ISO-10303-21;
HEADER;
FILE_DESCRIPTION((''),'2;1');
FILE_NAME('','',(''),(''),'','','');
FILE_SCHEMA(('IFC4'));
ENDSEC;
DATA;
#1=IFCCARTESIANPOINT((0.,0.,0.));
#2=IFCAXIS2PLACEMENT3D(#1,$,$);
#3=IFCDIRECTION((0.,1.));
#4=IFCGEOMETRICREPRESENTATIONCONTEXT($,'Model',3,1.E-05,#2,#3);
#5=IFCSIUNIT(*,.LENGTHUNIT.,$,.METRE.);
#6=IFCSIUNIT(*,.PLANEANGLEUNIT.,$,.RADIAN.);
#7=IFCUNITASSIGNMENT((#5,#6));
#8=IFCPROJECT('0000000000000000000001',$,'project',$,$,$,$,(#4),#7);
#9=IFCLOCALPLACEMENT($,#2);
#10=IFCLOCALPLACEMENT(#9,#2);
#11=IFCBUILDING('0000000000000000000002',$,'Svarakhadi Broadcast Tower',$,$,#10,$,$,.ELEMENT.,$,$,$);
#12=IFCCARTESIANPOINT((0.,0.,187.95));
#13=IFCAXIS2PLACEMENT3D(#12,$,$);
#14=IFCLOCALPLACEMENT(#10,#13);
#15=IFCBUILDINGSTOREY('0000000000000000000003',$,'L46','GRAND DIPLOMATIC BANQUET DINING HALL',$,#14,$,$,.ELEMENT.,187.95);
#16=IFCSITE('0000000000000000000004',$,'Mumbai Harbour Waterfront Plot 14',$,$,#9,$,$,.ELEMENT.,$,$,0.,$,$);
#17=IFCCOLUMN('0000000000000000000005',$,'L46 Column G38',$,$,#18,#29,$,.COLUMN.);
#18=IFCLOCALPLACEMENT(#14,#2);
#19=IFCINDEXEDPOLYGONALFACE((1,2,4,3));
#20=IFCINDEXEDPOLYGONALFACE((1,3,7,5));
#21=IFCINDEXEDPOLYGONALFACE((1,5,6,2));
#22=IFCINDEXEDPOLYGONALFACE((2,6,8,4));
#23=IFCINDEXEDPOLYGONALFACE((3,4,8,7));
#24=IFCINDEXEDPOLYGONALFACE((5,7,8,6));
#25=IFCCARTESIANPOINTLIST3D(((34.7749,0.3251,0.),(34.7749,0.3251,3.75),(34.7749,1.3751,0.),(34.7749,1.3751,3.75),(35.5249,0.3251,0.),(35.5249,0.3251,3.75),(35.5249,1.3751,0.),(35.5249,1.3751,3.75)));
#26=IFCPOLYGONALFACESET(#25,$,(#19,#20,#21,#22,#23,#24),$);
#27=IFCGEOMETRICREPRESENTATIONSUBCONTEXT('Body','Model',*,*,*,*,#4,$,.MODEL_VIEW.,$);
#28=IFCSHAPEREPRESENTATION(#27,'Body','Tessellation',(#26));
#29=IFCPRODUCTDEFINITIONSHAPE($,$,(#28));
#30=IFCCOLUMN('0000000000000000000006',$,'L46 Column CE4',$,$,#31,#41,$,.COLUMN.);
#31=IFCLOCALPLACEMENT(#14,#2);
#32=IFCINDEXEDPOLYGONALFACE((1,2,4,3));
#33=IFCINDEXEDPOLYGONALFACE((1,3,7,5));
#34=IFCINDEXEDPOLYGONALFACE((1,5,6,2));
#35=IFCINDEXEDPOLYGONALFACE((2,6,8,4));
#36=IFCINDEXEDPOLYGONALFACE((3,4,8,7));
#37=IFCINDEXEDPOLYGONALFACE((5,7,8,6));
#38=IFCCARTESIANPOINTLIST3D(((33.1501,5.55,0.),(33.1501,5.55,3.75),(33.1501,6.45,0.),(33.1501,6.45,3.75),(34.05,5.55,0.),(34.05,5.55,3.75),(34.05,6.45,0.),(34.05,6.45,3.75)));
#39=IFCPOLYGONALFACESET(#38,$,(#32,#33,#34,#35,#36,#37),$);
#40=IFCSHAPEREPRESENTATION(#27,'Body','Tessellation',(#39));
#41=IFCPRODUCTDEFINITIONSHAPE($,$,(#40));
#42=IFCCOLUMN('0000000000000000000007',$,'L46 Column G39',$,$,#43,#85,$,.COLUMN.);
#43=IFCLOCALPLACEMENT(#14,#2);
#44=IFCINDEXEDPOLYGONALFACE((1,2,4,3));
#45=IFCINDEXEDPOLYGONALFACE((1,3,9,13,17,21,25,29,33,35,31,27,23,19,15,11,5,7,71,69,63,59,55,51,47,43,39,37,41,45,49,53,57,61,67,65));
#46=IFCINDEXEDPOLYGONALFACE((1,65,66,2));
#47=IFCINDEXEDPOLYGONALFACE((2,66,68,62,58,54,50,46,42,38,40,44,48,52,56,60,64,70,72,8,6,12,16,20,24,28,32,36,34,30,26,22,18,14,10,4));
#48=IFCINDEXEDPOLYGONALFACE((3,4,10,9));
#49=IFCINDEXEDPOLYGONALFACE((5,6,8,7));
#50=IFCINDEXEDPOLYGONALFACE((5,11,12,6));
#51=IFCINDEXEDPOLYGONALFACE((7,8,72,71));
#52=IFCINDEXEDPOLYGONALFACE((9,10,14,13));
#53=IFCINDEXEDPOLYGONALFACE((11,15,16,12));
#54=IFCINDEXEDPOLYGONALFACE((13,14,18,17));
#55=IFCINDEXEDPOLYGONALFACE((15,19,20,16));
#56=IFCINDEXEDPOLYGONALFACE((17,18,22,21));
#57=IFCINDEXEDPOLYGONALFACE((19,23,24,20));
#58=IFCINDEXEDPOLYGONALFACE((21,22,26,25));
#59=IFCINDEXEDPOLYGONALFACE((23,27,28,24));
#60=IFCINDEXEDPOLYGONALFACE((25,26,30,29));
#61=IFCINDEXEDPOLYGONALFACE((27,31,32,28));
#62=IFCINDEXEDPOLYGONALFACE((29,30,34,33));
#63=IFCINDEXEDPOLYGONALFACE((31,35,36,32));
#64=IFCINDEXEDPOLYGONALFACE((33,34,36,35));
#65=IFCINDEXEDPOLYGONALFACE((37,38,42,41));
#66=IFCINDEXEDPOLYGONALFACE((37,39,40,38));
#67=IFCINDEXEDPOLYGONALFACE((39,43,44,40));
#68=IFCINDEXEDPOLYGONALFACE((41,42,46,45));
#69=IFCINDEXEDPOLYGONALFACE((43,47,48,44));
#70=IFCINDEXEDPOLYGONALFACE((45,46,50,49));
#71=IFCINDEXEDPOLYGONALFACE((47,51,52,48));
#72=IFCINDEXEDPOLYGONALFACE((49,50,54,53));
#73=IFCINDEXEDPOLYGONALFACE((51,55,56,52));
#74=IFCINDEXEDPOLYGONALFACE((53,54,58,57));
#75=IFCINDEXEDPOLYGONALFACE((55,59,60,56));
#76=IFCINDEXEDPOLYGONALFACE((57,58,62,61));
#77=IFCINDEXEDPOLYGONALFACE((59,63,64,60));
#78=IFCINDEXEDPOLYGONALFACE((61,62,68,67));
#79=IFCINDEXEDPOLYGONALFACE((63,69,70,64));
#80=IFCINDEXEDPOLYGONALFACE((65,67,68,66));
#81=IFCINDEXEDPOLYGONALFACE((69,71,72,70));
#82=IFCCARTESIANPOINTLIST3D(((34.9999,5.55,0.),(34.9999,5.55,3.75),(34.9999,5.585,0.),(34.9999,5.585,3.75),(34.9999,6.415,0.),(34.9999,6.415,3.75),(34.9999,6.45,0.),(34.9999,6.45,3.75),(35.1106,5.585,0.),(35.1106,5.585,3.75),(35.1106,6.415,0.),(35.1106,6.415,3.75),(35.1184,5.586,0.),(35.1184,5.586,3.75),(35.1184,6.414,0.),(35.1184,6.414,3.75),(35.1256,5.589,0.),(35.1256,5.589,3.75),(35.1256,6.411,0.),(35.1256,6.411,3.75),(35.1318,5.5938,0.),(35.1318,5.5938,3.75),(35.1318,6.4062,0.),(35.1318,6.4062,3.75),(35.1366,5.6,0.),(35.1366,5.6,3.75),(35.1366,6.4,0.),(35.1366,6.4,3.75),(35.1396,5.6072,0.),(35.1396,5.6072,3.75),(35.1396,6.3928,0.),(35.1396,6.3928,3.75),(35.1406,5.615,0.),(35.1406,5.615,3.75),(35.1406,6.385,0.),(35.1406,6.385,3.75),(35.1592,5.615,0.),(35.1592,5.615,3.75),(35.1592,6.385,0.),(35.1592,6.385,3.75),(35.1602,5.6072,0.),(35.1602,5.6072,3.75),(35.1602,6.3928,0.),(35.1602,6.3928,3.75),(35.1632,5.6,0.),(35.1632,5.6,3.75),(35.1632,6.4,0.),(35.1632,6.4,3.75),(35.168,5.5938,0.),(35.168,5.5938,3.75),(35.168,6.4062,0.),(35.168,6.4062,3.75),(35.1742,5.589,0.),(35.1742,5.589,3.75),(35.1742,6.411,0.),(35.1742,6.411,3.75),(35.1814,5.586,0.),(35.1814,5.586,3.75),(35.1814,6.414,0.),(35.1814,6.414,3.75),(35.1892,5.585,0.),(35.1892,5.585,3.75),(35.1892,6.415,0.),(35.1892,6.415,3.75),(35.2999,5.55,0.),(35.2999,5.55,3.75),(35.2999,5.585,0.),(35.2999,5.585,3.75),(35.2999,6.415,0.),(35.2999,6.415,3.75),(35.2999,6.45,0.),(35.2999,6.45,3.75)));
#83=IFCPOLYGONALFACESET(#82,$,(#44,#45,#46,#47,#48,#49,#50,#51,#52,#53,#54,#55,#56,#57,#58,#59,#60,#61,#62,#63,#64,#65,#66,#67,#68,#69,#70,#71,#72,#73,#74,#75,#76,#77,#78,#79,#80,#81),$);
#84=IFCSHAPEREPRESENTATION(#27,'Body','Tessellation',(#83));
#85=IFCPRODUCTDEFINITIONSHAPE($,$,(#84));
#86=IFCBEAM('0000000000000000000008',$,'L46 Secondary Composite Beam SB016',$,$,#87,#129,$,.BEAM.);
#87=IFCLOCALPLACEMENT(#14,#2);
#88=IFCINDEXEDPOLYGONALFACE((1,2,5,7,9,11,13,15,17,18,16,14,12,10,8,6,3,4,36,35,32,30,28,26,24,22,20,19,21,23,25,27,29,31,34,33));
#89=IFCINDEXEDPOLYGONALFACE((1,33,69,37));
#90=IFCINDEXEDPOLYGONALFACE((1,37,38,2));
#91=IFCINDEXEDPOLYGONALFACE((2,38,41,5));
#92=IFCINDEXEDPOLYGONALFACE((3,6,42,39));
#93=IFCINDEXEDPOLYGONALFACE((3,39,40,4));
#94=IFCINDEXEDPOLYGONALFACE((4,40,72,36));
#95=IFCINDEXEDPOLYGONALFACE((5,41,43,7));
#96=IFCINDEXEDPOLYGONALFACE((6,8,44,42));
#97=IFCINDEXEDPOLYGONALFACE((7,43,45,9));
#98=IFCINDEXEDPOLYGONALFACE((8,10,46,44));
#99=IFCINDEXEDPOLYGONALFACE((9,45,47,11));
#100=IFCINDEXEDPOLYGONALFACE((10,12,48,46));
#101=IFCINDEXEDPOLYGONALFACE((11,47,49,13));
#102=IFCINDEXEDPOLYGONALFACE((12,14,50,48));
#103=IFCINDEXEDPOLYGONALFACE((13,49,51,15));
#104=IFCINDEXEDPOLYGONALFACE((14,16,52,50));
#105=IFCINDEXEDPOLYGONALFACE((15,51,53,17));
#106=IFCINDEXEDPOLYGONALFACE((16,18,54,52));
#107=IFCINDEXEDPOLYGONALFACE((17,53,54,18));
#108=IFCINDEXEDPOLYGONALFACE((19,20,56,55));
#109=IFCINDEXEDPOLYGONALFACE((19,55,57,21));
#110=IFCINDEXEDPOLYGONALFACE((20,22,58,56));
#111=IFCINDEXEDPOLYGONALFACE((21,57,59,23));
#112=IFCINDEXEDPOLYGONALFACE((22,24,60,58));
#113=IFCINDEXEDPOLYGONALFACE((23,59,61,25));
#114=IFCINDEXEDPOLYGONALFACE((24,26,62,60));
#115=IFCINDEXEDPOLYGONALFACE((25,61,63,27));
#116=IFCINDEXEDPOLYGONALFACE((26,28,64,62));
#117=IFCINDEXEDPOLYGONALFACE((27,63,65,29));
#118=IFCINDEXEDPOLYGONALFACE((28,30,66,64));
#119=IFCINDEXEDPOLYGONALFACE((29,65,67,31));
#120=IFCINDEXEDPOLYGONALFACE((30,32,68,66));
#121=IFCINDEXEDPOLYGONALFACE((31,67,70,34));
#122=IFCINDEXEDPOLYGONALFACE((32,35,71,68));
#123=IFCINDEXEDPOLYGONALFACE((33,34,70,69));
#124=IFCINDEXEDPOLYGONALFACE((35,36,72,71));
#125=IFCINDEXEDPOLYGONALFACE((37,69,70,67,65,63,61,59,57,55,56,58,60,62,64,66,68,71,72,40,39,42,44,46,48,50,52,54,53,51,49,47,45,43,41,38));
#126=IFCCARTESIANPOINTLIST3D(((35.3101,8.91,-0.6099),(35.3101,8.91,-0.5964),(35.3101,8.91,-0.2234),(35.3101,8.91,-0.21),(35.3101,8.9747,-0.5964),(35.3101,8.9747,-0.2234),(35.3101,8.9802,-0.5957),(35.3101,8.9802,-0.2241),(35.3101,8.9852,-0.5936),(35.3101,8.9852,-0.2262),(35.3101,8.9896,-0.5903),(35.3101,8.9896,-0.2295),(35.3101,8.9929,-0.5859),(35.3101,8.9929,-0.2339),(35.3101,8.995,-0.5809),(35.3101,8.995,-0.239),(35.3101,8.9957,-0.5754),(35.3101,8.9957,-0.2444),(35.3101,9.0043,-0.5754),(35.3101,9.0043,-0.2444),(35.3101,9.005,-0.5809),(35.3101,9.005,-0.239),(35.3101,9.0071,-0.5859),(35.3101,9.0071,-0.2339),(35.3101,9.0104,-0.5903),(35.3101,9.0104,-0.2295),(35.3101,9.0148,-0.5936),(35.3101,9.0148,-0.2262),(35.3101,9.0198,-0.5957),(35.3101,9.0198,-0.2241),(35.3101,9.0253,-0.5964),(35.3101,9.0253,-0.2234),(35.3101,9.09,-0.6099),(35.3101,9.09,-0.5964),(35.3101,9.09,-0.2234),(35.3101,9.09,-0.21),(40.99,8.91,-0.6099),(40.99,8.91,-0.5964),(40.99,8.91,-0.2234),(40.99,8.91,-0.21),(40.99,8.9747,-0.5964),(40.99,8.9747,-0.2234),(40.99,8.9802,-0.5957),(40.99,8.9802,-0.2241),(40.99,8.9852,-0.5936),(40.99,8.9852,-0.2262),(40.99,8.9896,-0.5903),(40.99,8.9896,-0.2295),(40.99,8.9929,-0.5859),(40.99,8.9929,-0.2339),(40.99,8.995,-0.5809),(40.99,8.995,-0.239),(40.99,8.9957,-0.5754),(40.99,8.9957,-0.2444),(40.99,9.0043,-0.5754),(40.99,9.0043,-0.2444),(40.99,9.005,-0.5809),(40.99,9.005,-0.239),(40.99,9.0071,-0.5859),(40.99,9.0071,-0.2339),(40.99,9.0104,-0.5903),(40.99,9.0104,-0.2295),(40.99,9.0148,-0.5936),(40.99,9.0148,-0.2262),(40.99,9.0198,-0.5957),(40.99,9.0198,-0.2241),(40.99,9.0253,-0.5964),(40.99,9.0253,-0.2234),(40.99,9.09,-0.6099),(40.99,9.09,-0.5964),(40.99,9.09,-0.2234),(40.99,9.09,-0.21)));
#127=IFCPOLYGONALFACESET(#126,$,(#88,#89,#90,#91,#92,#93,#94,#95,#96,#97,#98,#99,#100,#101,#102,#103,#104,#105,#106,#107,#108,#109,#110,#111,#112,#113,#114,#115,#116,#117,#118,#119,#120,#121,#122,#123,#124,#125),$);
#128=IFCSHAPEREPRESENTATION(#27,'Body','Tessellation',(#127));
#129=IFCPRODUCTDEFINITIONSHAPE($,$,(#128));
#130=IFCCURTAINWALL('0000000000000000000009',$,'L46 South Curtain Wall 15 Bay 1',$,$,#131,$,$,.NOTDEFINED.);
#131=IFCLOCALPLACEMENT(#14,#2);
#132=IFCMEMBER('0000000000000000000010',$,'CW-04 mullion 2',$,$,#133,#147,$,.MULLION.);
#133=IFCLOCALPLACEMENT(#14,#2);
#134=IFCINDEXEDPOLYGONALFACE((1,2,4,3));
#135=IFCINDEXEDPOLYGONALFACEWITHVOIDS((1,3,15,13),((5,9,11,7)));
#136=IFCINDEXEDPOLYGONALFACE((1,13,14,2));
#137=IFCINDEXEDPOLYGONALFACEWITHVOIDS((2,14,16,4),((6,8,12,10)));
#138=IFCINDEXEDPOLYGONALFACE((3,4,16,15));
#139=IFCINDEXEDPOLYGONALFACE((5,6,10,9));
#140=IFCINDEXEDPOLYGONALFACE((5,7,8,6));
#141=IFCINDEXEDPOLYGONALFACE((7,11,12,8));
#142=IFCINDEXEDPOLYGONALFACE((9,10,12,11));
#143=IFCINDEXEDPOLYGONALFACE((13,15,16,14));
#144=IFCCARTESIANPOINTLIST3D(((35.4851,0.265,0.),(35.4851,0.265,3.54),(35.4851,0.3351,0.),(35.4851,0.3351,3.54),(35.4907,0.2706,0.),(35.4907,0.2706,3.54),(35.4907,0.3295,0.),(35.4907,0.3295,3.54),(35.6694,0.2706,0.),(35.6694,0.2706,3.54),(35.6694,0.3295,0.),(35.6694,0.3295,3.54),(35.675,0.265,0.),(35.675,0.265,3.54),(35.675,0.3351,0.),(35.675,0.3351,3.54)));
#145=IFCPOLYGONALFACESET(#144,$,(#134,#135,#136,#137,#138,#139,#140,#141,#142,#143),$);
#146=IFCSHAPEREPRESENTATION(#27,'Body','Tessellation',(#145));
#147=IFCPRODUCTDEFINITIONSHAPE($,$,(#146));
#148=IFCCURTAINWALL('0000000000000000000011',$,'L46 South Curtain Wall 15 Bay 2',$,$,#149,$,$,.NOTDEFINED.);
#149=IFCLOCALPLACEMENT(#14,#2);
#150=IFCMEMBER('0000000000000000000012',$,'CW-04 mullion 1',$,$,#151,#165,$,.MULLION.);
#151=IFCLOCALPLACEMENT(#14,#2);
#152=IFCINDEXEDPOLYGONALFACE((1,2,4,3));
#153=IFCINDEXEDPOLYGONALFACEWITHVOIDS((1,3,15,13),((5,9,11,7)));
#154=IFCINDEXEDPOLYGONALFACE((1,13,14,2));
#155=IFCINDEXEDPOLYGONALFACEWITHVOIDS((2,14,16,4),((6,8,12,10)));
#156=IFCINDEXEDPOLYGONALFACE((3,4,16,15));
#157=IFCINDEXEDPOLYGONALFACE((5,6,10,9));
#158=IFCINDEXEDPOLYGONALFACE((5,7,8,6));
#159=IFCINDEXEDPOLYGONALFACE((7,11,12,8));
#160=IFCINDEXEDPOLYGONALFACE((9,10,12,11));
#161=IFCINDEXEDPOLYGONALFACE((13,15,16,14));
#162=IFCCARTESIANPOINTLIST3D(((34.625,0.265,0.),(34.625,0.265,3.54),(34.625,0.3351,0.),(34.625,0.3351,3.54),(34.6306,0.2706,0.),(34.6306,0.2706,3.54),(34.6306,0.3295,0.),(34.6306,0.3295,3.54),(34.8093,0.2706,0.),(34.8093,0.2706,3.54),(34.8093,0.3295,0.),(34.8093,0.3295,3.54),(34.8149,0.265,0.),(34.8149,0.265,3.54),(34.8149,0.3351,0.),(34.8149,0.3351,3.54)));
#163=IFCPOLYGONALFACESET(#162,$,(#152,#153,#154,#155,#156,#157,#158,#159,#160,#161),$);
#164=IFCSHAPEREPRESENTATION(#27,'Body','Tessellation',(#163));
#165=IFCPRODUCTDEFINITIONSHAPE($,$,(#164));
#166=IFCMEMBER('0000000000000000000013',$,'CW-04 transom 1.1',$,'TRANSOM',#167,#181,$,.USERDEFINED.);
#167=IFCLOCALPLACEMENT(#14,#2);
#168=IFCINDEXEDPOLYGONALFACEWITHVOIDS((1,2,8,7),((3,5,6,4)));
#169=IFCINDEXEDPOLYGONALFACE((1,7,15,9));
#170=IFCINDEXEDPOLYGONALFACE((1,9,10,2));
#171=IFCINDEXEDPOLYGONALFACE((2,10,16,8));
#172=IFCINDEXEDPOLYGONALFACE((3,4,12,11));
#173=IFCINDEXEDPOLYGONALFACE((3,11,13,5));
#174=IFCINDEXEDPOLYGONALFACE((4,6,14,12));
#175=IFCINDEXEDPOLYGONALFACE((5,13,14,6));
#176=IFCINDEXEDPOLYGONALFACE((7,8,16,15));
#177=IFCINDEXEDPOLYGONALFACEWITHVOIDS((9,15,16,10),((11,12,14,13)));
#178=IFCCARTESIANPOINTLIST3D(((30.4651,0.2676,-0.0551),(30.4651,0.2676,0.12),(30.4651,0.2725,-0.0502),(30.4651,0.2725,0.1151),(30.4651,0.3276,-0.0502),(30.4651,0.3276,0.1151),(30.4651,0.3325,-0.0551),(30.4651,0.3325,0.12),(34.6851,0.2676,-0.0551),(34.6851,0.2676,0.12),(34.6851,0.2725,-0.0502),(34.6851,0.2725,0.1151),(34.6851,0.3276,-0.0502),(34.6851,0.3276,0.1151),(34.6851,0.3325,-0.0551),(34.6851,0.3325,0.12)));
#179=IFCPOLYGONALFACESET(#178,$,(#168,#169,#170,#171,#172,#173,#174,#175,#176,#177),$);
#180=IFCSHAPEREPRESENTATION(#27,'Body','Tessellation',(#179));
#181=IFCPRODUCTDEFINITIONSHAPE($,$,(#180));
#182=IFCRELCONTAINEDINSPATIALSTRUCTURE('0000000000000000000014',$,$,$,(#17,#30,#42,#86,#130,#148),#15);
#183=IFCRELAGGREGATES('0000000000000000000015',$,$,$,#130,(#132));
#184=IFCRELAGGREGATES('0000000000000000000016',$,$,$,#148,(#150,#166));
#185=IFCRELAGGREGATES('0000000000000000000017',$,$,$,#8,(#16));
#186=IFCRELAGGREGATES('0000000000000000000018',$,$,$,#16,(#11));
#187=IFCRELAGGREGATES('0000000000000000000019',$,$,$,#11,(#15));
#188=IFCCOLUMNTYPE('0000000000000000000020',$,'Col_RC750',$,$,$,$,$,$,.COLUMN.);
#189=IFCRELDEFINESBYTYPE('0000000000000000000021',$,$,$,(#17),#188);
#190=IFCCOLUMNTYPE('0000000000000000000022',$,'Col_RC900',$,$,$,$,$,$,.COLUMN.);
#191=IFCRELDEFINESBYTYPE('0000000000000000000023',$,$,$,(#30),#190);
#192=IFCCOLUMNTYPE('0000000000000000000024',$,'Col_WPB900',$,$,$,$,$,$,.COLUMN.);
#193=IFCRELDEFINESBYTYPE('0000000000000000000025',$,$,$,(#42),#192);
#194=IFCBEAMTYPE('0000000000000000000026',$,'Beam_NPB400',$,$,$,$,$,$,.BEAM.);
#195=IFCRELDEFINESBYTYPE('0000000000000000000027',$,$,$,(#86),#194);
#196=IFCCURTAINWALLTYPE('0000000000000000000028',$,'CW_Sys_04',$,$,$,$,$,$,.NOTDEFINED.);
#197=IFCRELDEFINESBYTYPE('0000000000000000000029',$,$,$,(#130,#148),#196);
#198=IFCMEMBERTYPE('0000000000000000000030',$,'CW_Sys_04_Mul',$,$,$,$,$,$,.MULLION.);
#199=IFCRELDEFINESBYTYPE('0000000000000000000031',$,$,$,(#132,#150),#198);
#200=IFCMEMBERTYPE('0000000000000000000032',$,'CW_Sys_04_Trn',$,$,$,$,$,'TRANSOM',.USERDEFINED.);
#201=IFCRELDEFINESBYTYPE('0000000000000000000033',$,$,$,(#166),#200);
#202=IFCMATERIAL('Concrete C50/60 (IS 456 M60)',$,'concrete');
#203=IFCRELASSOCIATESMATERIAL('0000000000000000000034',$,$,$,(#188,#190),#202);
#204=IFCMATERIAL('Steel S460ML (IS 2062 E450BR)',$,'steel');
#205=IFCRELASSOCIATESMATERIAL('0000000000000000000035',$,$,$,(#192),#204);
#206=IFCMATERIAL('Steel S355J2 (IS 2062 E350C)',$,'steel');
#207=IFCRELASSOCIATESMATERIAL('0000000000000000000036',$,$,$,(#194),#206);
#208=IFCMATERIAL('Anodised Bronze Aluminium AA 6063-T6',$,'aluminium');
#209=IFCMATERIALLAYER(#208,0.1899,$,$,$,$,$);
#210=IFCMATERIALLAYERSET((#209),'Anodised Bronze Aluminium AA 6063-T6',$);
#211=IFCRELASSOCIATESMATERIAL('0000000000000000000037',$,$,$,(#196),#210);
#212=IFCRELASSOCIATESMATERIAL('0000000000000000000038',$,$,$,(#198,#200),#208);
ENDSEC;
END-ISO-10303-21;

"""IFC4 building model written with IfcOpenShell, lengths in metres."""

from ifc_helpers import new_model, si_unit, direction, frame, origin, origin_2d, place, context, subcontext, project, spatial, rectangle, hollow_rectangle, i_section, extrude, material, layer, layer_set, material_profile, profile_set, type_object, element, aggregate, save


model = new_model("IFC4")

# Units and contexts
model_context = context("Model", 3, precision=1e-05, world=origin(), true_north=direction((0.0, 1.0)))
body_context = subcontext(model_context, "Body", "Model", "MODEL_VIEW")
ifc_project = project(units=[si_unit("LENGTHUNIT", "METRE"), si_unit("PLANEANGLEUNIT", "RADIAN")], contexts=[model_context])

# Site, building, storey
site_placement = place(None, origin())
site = spatial("IfcSite", under=ifc_project, at=site_placement, Name="Mumbai Harbour Waterfront Plot 14", CompositionType="ELEMENT", RefElevation=0.0)
building_placement = place(site_placement, origin())
building = spatial("IfcBuilding", under=site, at=building_placement, Name="Svarakhadi Broadcast Tower", CompositionType="ELEMENT")
storey_placement = place(building_placement, frame((0.0, 0.0, 187.95)))
storey = spatial("IfcBuildingStorey", under=building, at=storey_placement, Name="L46", Description="GRAND DIPLOMATIC BANQUET DINING HALL", CompositionType="ELEMENT", Elevation=187.95)

# Columns
ifc_material_1 = material(Name="Concrete C50/60 (IS 456 M60)", Category="concrete")
ifc_material_profile_1 = material_profile(ifc_material_1, rectangle(XDim=0.75, YDim=1.05, at=origin_2d()), Name="RC 750x1050")
ifc_profile_set_1 = profile_set([ifc_material_profile_1], Name="Concrete C50/60 (IS 456 M60)")
column_type_1 = type_object("IfcColumnType", Name="Col_RC750", PredefinedType="COLUMN", material=ifc_profile_set_1)
column_1_placement = place(storey_placement, frame((35.1499, 0.8501, 0.0), z_axis=(0.0, 0.0, 1.0), x_axis=(1.0, 0.0, 0.0)))
element("IfcColumn", 1, at=column_1_placement, inside=storey, type_object=column_type_1, Name="L46 Column G38", PredefinedType="COLUMN", context=body_context, shape_type="SweptSolid", body=[
    extrude(rectangle(XDim=0.75, YDim=1.05, at=origin_2d()), origin(), (0.0, 0.0, 1.0), 3.75),
])
ifc_material_profile_2 = material_profile(ifc_material_1, rectangle(XDim=0.8999, YDim=0.8999, at=origin_2d()), Name="RC 900x900")
ifc_profile_set_2 = profile_set([ifc_material_profile_2], Name="Concrete C50/60 (IS 456 M60)")
column_type_2 = type_object("IfcColumnType", Name="Col_RC900", PredefinedType="COLUMN", material=ifc_profile_set_2)
column_2_placement = place(storey_placement, frame((33.6001, 6.0, 0.0), z_axis=(0.0, 0.0, 1.0), x_axis=(1.0, 0.0, 0.0)))
element("IfcColumn", 2, at=column_2_placement, inside=storey, type_object=column_type_2, Name="L46 Column CE4", PredefinedType="COLUMN", context=body_context, shape_type="SweptSolid", body=[
    extrude(rectangle(XDim=0.8999, YDim=0.8999, at=origin_2d()), origin(), (0.0, 0.0, 1.0), 3.75),
])
ifc_material_2 = material(Name="Steel S460ML (IS 2062 E450BR)", Category="steel")
ifc_material_profile_3 = material_profile(ifc_material_2, i_section(OverallWidth=0.3, OverallDepth=0.8999, WebThickness=0.0186, FlangeThickness=0.0349, FilletRadius=0.03, at=origin_2d()), Name="WPB 900x300x291")
ifc_profile_set_3 = profile_set([ifc_material_profile_3], Name="Steel S460ML (IS 2062 E450BR)")
column_type_3 = type_object("IfcColumnType", Name="Col_WPB900", PredefinedType="COLUMN", material=ifc_profile_set_3)
column_3_placement = place(storey_placement, frame((35.1499, 6.0, 0.0), z_axis=(0.0, 0.0, 1.0), x_axis=(1.0, 0.0, 0.0)))
element("IfcColumn", 3, at=column_3_placement, inside=storey, type_object=column_type_3, Name="L46 Column G39", PredefinedType="COLUMN", context=body_context, shape_type="SweptSolid", body=[
    extrude(i_section(OverallWidth=0.3, OverallDepth=0.8999, WebThickness=0.0186, FlangeThickness=0.0349, FilletRadius=0.03, at=origin_2d()), origin(), (0.0, 0.0, 1.0), 3.75),
])

# Beam
ifc_material_3 = material(Name="Steel S355J2 (IS 2062 E350C)", Category="steel")
ifc_material_profile_4 = material_profile(ifc_material_3, i_section(OverallWidth=0.1799, OverallDepth=0.3999, WebThickness=0.0085, FlangeThickness=0.0134, FilletRadius=0.021, at=origin_2d()), Name="NPB 400x180x66")
ifc_profile_set_4 = profile_set([ifc_material_profile_4], Name="Steel S355J2 (IS 2062 E350C)")
beam_type_1 = type_object("IfcBeamType", Name="Beam_NPB400", PredefinedType="BEAM", material=ifc_profile_set_4)
beam_1_placement = place(storey_placement, frame((35.3101, 9.0, -0.4099), z_axis=(1.0, 0.0, 0.0), x_axis=(0.0, 1.0, 0.0)))
element("IfcBeam", 4, at=beam_1_placement, inside=storey, type_object=beam_type_1, Name="L46 Secondary Composite Beam SB016", PredefinedType="BEAM", context=body_context, shape_type="SweptSolid", body=[
    extrude(i_section(OverallWidth=0.1799, OverallDepth=0.3999, WebThickness=0.0085, FlangeThickness=0.0134, FilletRadius=0.021, at=origin_2d()), origin(), (0.0, 0.0, 1.0), 5.6799),
])

# Curtain wall, member
ifc_material_4 = material(Name="Anodised Bronze Aluminium AA 6063-T6", Category="aluminium")
ifc_layer_1 = layer(ifc_material_4, 0.1899)
ifc_layer_set_1 = layer_set([ifc_layer_1], Name="Anodised Bronze Aluminium AA 6063-T6")
curtain_wall_type = type_object("IfcCurtainWallType", Name="CW_Sys_04", PredefinedType="NOTDEFINED", material=ifc_layer_set_1)
curtain_wall_1_placement = place(storey_placement, origin())
curtain_wall_1 = element("IfcCurtainWall", 5, at=curtain_wall_1_placement, inside=storey, type_object=curtain_wall_type, Name="L46 South Curtain Wall 15 Bay 1", PredefinedType="NOTDEFINED")
ifc_material_profile_5 = material_profile(ifc_material_4, hollow_rectangle(XDim=0.0701, YDim=0.1899, WallThickness=0.0056, at=origin_2d()), Name="ALU MULLION 190x70x6")
ifc_profile_set_5 = profile_set([ifc_material_profile_5], Name="Anodised Bronze Aluminium AA 6063-T6")
member_type_1 = type_object("IfcMemberType", Name="CW_Sys_04_Mul", PredefinedType="MULLION", material=ifc_profile_set_5)
member_1_placement = place(storey_placement, frame((35.5801, 0.3, 0.0), z_axis=(0.0, 0.0, 1.0), x_axis=(0.0, -1.0, 0.0)))
member_1 = element("IfcMember", 6, at=member_1_placement, type_object=member_type_1, Name="CW-04 mullion 2", PredefinedType="MULLION", context=body_context, shape_type="SweptSolid", body=[
    extrude(hollow_rectangle(XDim=0.0701, YDim=0.1899, WallThickness=0.0056, at=origin_2d()), origin(), (0.0, 0.0, 1.0), 3.54),
])
aggregate(curtain_wall_1, [member_1])

# Curtain wall, members
curtain_wall_2_placement = place(storey_placement, origin())
curtain_wall_2 = element("IfcCurtainWall", 7, at=curtain_wall_2_placement, inside=storey, type_object=curtain_wall_type, Name="L46 South Curtain Wall 15 Bay 2", PredefinedType="NOTDEFINED")
member_2_placement = place(storey_placement, frame((34.72, 0.3, 0.0), z_axis=(0.0, 0.0, 1.0), x_axis=(0.0, -1.0, 0.0)))
member_2 = element("IfcMember", 8, at=member_2_placement, type_object=member_type_1, Name="CW-04 mullion 1", PredefinedType="MULLION", context=body_context, shape_type="SweptSolid", body=[
    extrude(hollow_rectangle(XDim=0.0701, YDim=0.1899, WallThickness=0.0056, at=origin_2d()), origin(), (0.0, 0.0, 1.0), 3.54),
])
ifc_material_profile_6 = material_profile(ifc_material_4, hollow_rectangle(XDim=0.0649, YDim=0.175, WallThickness=0.0049, at=origin_2d()), Name="ALU TRANSOM 175x65x5")
ifc_profile_set_6 = profile_set([ifc_material_profile_6], Name="Anodised Bronze Aluminium AA 6063-T6")
member_type_2 = type_object("IfcMemberType", Name="CW_Sys_04_Trn", ElementType="TRANSOM", PredefinedType="USERDEFINED", material=ifc_profile_set_6)
member_3_placement = place(storey_placement, frame((34.6851, 0.3, 0.0325), z_axis=(-1.0, 0.0, 0.0), x_axis=(0.0, -1.0, 0.0)))
member_3 = element("IfcMember", 9, at=member_3_placement, type_object=member_type_2, Name="CW-04 transom 1.1", ObjectType="TRANSOM", PredefinedType="USERDEFINED", context=body_context, shape_type="SweptSolid", body=[
    extrude(hollow_rectangle(XDim=0.0649, YDim=0.175, WallThickness=0.0049, at=origin_2d()), origin(), (0.0, 0.0, 1.0), 4.22),
])

aggregate(curtain_wall_2, [member_2, member_3])

save(model, "model.ifc")
